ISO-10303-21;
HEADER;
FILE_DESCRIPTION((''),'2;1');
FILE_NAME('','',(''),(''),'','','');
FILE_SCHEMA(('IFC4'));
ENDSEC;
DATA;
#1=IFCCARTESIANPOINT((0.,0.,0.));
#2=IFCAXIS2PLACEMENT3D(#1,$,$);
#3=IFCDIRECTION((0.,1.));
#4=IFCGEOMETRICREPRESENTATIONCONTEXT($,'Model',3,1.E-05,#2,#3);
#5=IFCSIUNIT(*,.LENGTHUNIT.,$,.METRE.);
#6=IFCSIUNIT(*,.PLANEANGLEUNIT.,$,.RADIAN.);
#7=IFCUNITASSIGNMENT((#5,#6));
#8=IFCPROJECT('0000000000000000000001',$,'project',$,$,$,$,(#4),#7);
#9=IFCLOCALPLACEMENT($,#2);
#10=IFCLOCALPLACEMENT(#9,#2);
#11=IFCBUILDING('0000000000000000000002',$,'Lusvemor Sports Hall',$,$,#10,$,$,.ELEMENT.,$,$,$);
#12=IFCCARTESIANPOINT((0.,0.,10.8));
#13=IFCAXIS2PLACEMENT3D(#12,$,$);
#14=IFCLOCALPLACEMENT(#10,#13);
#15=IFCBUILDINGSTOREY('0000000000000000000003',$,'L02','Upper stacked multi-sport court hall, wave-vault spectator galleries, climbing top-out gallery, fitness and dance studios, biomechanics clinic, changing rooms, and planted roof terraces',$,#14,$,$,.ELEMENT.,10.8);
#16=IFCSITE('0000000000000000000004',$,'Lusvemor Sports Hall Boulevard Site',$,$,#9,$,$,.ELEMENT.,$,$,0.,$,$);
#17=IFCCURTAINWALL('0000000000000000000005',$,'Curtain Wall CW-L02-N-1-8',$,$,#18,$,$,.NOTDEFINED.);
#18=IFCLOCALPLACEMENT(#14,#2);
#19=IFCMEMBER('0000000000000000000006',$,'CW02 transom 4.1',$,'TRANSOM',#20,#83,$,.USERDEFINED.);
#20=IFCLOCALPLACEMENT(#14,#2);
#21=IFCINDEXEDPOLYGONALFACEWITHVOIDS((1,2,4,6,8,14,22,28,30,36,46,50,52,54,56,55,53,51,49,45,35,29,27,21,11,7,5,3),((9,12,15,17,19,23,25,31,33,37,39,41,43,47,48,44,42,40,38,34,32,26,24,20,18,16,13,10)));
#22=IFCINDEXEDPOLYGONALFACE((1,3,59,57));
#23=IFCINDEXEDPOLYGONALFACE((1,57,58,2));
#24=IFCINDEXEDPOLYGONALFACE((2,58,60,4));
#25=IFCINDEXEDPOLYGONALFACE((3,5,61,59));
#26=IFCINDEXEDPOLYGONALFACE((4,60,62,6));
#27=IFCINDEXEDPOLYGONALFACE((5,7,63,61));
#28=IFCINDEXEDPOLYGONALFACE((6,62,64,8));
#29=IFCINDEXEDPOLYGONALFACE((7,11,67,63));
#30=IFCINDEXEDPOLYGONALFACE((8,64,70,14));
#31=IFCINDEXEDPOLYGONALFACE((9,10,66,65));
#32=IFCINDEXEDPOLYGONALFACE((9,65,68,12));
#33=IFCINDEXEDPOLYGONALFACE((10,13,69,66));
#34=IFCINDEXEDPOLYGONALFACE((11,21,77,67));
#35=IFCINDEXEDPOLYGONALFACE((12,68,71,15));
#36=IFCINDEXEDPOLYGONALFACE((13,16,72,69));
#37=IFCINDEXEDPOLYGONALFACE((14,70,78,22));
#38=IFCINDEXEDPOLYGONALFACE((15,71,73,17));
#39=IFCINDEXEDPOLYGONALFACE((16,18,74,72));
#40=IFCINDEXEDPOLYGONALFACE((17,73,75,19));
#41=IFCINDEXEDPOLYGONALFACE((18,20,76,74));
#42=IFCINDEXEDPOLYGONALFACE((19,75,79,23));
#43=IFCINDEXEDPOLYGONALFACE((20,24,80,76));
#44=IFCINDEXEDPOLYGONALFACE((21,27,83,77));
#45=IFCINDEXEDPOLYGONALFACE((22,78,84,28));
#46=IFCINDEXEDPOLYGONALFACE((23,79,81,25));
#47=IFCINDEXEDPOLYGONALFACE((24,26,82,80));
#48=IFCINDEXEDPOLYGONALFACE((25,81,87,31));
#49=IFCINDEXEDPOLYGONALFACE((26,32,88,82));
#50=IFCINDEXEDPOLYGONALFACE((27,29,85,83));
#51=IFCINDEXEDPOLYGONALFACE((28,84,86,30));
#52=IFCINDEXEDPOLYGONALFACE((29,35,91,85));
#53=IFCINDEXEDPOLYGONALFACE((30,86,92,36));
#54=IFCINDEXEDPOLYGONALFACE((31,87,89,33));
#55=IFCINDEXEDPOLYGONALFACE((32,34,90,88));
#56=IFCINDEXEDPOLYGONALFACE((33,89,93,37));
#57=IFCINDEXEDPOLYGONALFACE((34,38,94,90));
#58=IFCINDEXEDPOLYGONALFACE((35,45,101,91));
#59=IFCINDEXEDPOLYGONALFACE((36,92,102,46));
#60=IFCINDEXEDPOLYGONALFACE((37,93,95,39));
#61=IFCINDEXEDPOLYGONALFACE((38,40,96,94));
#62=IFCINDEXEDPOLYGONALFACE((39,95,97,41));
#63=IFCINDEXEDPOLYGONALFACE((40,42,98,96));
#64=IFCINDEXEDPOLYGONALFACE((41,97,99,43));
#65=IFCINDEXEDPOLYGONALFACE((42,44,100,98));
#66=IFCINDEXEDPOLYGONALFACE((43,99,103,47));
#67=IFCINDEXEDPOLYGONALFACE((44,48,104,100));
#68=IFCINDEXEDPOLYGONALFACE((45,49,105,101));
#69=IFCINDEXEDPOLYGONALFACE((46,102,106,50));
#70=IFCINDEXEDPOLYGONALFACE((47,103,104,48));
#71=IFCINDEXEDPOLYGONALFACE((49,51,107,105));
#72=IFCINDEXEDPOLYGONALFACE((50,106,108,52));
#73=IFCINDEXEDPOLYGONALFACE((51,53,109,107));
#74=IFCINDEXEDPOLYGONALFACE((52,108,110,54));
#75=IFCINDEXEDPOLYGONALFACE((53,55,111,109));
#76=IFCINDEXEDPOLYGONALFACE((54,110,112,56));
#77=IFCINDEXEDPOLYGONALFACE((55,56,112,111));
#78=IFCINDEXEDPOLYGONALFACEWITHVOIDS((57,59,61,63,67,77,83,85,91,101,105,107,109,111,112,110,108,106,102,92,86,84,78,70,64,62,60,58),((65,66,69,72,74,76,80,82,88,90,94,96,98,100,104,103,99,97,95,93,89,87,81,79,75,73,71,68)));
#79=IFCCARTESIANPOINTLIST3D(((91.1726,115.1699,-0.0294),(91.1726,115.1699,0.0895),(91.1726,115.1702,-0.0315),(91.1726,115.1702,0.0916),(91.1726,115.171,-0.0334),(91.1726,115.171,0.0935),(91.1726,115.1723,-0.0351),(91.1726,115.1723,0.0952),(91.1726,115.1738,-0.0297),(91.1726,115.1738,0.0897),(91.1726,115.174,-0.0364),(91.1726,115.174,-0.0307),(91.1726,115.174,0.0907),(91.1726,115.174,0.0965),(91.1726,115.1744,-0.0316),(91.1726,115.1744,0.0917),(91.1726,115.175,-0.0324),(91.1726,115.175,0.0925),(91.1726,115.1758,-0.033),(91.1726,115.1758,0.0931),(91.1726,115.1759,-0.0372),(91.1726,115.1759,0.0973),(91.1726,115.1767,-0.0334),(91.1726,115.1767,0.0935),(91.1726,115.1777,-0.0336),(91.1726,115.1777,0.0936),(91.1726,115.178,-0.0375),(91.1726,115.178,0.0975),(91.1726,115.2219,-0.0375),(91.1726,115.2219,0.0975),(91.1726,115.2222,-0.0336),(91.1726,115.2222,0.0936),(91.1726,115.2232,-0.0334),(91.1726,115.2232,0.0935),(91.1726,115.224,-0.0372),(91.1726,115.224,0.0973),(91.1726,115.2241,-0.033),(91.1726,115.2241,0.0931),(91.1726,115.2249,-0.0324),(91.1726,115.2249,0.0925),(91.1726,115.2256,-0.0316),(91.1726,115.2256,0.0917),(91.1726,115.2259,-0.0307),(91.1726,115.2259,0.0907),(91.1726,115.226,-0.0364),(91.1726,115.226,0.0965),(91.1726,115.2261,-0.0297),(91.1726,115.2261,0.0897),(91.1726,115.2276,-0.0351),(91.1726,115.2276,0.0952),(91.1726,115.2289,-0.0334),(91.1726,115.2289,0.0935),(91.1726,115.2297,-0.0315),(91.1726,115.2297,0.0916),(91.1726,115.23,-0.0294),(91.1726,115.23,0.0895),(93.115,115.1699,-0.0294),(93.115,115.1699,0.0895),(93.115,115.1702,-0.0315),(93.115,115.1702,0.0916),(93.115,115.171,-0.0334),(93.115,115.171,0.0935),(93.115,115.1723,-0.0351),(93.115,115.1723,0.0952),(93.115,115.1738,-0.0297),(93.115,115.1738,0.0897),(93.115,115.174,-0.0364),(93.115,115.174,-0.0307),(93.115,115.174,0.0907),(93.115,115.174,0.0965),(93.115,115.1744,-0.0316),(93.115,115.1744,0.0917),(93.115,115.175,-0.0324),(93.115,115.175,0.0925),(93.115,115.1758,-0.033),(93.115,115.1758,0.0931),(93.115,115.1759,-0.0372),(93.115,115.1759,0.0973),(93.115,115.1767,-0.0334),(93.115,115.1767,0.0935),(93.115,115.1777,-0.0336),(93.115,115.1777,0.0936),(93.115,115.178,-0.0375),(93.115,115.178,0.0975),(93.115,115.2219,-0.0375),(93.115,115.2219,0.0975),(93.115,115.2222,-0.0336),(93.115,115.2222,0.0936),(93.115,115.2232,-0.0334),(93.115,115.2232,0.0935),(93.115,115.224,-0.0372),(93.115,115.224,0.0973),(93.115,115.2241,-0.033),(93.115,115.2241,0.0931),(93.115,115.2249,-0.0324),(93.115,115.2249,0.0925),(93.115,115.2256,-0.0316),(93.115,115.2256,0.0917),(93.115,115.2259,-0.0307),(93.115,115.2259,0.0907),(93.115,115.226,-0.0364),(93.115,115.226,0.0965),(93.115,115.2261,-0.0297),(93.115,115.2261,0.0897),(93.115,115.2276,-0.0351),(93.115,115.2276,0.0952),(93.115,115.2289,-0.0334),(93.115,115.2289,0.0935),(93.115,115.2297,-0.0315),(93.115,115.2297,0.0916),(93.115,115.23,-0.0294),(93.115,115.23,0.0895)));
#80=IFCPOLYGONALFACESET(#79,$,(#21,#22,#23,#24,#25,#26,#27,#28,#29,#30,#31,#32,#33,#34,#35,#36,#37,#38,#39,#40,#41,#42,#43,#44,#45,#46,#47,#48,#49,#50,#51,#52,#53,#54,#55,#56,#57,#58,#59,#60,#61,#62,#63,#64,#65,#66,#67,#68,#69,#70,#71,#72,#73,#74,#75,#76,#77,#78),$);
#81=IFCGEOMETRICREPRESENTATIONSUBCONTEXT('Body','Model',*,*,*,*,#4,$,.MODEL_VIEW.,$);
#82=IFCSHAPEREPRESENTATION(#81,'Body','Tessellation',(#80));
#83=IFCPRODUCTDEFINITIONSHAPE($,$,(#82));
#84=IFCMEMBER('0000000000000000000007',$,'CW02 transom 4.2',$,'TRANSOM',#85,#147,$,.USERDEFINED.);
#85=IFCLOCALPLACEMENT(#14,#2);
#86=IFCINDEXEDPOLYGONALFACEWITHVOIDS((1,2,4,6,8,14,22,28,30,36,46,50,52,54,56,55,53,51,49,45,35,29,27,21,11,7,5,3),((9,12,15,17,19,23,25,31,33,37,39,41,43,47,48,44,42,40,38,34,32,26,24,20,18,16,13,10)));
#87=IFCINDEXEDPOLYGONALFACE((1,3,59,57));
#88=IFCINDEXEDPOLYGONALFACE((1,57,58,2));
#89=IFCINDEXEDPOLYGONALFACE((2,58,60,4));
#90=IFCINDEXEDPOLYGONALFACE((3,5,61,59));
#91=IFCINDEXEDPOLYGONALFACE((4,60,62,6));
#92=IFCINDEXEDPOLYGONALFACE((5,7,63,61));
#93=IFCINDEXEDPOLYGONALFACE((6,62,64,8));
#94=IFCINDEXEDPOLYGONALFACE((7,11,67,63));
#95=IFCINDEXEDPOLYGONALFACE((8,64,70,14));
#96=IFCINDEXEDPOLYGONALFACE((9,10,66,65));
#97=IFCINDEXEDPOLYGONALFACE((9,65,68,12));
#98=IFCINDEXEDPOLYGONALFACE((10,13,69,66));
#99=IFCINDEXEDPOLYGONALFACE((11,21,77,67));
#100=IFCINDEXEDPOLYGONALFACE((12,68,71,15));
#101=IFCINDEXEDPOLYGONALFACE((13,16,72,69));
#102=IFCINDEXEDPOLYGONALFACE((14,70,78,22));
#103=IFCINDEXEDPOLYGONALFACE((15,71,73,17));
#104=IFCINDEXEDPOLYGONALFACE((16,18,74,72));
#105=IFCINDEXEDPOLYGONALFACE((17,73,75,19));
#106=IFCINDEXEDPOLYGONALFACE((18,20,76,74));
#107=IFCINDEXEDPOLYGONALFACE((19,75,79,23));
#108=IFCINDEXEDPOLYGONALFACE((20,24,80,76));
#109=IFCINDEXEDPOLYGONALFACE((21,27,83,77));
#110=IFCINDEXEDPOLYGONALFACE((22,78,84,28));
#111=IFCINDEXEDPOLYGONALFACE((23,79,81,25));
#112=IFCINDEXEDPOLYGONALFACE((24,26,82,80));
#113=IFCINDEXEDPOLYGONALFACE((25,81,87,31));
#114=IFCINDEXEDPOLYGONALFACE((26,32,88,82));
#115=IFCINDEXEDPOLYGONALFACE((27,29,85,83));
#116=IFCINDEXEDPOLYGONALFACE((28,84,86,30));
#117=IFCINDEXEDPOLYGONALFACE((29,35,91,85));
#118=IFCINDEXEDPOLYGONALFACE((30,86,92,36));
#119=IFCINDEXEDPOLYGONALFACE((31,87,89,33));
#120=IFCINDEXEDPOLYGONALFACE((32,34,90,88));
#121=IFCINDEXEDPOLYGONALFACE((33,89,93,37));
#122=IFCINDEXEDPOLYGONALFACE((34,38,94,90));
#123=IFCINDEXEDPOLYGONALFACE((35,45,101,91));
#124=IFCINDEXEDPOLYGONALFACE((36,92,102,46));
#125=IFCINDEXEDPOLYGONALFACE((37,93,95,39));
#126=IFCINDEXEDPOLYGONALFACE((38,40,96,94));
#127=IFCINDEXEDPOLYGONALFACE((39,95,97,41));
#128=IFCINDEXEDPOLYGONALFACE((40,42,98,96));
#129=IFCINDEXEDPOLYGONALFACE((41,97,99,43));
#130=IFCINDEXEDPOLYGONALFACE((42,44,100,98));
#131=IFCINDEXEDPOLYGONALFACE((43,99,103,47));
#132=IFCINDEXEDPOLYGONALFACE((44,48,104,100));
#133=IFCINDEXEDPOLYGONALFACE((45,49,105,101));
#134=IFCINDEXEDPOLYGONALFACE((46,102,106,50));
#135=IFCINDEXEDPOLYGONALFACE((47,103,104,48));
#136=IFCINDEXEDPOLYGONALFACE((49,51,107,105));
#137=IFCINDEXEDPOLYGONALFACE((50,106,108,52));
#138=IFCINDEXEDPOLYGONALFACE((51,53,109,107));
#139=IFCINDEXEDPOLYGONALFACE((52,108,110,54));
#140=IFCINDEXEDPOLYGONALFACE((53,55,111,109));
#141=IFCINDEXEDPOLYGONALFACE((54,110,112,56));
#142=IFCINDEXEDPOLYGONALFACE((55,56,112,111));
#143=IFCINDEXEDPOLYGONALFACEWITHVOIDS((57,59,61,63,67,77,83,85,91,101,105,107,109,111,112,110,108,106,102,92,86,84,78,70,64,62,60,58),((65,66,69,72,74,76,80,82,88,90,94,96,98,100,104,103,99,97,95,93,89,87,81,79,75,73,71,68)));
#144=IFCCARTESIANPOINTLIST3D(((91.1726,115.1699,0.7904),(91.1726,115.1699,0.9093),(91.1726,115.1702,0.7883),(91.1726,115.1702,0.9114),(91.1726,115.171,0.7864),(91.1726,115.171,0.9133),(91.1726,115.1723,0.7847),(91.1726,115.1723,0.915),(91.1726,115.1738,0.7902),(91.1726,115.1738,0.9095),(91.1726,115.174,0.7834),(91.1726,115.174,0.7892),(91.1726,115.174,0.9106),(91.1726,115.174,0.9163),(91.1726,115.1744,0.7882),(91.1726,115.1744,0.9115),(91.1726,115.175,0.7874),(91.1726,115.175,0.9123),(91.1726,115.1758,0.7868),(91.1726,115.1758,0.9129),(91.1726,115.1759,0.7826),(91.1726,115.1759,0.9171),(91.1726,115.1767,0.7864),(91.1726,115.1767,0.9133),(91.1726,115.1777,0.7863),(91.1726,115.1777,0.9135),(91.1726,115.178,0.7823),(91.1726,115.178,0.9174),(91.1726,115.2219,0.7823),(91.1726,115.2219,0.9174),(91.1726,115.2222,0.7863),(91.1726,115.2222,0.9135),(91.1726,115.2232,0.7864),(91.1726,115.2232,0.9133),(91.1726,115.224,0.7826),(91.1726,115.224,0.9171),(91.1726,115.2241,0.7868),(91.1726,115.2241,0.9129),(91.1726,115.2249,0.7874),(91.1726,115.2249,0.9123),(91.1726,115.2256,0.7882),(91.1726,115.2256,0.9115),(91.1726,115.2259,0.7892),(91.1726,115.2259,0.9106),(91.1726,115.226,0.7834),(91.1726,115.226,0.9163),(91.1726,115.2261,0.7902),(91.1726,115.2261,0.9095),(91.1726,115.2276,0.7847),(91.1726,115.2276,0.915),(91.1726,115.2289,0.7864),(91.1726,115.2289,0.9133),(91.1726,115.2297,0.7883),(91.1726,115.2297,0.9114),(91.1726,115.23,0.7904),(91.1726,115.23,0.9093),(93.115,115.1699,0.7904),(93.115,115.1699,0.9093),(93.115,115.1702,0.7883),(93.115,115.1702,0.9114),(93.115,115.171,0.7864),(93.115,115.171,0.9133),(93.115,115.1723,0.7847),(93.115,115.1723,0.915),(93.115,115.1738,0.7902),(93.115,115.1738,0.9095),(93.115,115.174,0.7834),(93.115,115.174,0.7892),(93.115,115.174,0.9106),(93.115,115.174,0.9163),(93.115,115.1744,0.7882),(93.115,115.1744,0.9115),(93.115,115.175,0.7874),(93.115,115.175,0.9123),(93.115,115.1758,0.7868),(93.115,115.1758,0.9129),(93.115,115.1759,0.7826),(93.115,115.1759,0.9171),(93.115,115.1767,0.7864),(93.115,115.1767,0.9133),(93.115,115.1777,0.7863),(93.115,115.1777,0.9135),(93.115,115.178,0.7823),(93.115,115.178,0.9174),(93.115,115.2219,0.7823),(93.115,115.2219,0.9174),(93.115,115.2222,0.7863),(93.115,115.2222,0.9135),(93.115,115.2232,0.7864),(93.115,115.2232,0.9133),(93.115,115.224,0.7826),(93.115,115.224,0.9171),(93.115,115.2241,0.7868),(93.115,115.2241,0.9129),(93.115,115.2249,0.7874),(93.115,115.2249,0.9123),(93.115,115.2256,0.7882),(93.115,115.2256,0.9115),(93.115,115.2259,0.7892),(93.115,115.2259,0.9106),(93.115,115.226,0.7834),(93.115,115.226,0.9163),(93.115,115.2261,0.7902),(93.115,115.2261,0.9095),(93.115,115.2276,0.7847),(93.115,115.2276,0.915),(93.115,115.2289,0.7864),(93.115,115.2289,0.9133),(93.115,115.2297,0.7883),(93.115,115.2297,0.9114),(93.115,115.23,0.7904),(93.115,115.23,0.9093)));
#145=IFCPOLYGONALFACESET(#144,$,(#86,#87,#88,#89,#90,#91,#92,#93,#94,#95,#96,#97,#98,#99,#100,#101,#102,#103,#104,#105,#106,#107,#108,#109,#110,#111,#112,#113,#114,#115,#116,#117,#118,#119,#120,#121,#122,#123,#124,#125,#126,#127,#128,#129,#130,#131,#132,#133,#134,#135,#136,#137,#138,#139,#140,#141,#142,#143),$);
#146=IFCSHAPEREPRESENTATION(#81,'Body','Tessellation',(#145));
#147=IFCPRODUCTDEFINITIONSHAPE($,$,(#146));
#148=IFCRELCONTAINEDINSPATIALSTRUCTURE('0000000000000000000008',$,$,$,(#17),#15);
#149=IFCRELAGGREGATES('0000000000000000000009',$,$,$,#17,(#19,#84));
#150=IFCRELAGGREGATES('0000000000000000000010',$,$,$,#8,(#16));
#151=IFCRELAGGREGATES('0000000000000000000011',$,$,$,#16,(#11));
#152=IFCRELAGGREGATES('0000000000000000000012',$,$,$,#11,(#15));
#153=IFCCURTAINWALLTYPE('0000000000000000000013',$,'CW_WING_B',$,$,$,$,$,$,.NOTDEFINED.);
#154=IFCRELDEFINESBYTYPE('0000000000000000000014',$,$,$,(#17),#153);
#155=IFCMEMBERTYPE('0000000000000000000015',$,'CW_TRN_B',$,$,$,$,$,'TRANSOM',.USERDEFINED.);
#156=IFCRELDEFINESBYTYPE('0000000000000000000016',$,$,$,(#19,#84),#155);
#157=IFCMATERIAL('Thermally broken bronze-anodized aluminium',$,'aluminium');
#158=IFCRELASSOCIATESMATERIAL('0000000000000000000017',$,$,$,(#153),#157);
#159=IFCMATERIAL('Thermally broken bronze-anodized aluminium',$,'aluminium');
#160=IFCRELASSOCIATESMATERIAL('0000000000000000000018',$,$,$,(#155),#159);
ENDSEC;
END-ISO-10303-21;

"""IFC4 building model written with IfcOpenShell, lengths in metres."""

from ifc_helpers import new_model, si_unit, direction, frame, origin, origin_2d, place, context, subcontext, project, spatial, hollow_rectangle, extrude, material, material_profile, profile_set, type_object, element, aggregate, save


model = new_model("IFC4")

# Units and contexts
model_context = context("Model", 3, precision=1e-05, world=origin(), true_north=direction((0.0, 1.0)))
body_context = subcontext(model_context, "Body", "Model", "MODEL_VIEW")
ifc_project = project(units=[si_unit("LENGTHUNIT", "METRE"), si_unit("PLANEANGLEUNIT", "RADIAN")], contexts=[model_context])

# Site, building, storey
site_placement = place(None, origin())
site = spatial("IfcSite", under=ifc_project, at=site_placement, Name="Lusvemor Sports Hall Boulevard Site", CompositionType="ELEMENT", RefElevation=0.0)
building_placement = place(site_placement, origin())
building = spatial("IfcBuilding", under=site, at=building_placement, Name="Lusvemor Sports Hall", CompositionType="ELEMENT")
storey_placement = place(building_placement, frame((0.0, 0.0, 10.8)))
storey = spatial("IfcBuildingStorey", under=building, at=storey_placement, Name="L02", Description="Upper stacked multi-sport court hall, wave-vault spectator galleries, climbing top-out gallery, fitness and dance studios, biomechanics clinic, changing rooms, and planted roof terraces", CompositionType="ELEMENT", Elevation=10.8)

# Curtain wall, members
ifc_material_1 = material(Name="Thermally broken bronze-anodized aluminium", Category="aluminium")
curtain_wall_type = type_object("IfcCurtainWallType", Name="CW_WING_B", PredefinedType="NOTDEFINED", material=ifc_material_1)
curtain_wall_placement = place(storey_placement, origin())
curtain_wall = element("IfcCurtainWall", 1, at=curtain_wall_placement, inside=storey, type_object=curtain_wall_type, Name="Curtain Wall CW-L02-N-1-8", PredefinedType="NOTDEFINED")
ifc_material_2 = material(Name="Thermally broken bronze-anodized aluminium", Category="aluminium")
ifc_material_profile_1 = material_profile(ifc_material_2, hollow_rectangle(XDim=0.0601, YDim=0.135, WallThickness=0.0039, InnerFilletRadius=0.0039, OuterFilletRadius=0.0081, at=origin_2d()), Name="CWTRN135x60x4")
ifc_profile_set_1 = profile_set([ifc_material_profile_1], Name="Thermally broken bronze-anodized aluminium")
member_type_1 = type_object("IfcMemberType", Name="CW_TRN_B", ElementType="TRANSOM", PredefinedType="USERDEFINED", material=ifc_profile_set_1)
member_1_placement = place(storey_placement, frame((91.1726, 115.2, 0.03), z_axis=(1.0, 0.0, 0.0), x_axis=(0.0, 1.0, 0.0)))
member_1 = element("IfcMember", 2, at=member_1_placement, type_object=member_type_1, Name="CW02 transom 4.1", ObjectType="TRANSOM", PredefinedType="USERDEFINED", context=body_context, shape_type="SweptSolid", body=[
    extrude(hollow_rectangle(XDim=0.0601, YDim=0.135, WallThickness=0.0039, InnerFilletRadius=0.0039, OuterFilletRadius=0.0081, at=origin_2d()), origin(), (0.0, 0.0, 1.0), 1.9424),
])
member_2_placement = place(storey_placement, frame((91.1726, 115.2, 0.8499), z_axis=(1.0, 0.0, 0.0), x_axis=(0.0, 1.0, 0.0)))
member_2 = element("IfcMember", 3, at=member_2_placement, type_object=member_type_1, Name="CW02 transom 4.2", ObjectType="TRANSOM", PredefinedType="USERDEFINED", context=body_context, shape_type="SweptSolid", body=[
    extrude(hollow_rectangle(XDim=0.0601, YDim=0.135, WallThickness=0.0039, InnerFilletRadius=0.0039, OuterFilletRadius=0.0081, at=origin_2d()), origin(), (0.0, 0.0, 1.0), 1.9424),
])

aggregate(curtain_wall, [member_1, member_2])

save(model, "model.ifc")
